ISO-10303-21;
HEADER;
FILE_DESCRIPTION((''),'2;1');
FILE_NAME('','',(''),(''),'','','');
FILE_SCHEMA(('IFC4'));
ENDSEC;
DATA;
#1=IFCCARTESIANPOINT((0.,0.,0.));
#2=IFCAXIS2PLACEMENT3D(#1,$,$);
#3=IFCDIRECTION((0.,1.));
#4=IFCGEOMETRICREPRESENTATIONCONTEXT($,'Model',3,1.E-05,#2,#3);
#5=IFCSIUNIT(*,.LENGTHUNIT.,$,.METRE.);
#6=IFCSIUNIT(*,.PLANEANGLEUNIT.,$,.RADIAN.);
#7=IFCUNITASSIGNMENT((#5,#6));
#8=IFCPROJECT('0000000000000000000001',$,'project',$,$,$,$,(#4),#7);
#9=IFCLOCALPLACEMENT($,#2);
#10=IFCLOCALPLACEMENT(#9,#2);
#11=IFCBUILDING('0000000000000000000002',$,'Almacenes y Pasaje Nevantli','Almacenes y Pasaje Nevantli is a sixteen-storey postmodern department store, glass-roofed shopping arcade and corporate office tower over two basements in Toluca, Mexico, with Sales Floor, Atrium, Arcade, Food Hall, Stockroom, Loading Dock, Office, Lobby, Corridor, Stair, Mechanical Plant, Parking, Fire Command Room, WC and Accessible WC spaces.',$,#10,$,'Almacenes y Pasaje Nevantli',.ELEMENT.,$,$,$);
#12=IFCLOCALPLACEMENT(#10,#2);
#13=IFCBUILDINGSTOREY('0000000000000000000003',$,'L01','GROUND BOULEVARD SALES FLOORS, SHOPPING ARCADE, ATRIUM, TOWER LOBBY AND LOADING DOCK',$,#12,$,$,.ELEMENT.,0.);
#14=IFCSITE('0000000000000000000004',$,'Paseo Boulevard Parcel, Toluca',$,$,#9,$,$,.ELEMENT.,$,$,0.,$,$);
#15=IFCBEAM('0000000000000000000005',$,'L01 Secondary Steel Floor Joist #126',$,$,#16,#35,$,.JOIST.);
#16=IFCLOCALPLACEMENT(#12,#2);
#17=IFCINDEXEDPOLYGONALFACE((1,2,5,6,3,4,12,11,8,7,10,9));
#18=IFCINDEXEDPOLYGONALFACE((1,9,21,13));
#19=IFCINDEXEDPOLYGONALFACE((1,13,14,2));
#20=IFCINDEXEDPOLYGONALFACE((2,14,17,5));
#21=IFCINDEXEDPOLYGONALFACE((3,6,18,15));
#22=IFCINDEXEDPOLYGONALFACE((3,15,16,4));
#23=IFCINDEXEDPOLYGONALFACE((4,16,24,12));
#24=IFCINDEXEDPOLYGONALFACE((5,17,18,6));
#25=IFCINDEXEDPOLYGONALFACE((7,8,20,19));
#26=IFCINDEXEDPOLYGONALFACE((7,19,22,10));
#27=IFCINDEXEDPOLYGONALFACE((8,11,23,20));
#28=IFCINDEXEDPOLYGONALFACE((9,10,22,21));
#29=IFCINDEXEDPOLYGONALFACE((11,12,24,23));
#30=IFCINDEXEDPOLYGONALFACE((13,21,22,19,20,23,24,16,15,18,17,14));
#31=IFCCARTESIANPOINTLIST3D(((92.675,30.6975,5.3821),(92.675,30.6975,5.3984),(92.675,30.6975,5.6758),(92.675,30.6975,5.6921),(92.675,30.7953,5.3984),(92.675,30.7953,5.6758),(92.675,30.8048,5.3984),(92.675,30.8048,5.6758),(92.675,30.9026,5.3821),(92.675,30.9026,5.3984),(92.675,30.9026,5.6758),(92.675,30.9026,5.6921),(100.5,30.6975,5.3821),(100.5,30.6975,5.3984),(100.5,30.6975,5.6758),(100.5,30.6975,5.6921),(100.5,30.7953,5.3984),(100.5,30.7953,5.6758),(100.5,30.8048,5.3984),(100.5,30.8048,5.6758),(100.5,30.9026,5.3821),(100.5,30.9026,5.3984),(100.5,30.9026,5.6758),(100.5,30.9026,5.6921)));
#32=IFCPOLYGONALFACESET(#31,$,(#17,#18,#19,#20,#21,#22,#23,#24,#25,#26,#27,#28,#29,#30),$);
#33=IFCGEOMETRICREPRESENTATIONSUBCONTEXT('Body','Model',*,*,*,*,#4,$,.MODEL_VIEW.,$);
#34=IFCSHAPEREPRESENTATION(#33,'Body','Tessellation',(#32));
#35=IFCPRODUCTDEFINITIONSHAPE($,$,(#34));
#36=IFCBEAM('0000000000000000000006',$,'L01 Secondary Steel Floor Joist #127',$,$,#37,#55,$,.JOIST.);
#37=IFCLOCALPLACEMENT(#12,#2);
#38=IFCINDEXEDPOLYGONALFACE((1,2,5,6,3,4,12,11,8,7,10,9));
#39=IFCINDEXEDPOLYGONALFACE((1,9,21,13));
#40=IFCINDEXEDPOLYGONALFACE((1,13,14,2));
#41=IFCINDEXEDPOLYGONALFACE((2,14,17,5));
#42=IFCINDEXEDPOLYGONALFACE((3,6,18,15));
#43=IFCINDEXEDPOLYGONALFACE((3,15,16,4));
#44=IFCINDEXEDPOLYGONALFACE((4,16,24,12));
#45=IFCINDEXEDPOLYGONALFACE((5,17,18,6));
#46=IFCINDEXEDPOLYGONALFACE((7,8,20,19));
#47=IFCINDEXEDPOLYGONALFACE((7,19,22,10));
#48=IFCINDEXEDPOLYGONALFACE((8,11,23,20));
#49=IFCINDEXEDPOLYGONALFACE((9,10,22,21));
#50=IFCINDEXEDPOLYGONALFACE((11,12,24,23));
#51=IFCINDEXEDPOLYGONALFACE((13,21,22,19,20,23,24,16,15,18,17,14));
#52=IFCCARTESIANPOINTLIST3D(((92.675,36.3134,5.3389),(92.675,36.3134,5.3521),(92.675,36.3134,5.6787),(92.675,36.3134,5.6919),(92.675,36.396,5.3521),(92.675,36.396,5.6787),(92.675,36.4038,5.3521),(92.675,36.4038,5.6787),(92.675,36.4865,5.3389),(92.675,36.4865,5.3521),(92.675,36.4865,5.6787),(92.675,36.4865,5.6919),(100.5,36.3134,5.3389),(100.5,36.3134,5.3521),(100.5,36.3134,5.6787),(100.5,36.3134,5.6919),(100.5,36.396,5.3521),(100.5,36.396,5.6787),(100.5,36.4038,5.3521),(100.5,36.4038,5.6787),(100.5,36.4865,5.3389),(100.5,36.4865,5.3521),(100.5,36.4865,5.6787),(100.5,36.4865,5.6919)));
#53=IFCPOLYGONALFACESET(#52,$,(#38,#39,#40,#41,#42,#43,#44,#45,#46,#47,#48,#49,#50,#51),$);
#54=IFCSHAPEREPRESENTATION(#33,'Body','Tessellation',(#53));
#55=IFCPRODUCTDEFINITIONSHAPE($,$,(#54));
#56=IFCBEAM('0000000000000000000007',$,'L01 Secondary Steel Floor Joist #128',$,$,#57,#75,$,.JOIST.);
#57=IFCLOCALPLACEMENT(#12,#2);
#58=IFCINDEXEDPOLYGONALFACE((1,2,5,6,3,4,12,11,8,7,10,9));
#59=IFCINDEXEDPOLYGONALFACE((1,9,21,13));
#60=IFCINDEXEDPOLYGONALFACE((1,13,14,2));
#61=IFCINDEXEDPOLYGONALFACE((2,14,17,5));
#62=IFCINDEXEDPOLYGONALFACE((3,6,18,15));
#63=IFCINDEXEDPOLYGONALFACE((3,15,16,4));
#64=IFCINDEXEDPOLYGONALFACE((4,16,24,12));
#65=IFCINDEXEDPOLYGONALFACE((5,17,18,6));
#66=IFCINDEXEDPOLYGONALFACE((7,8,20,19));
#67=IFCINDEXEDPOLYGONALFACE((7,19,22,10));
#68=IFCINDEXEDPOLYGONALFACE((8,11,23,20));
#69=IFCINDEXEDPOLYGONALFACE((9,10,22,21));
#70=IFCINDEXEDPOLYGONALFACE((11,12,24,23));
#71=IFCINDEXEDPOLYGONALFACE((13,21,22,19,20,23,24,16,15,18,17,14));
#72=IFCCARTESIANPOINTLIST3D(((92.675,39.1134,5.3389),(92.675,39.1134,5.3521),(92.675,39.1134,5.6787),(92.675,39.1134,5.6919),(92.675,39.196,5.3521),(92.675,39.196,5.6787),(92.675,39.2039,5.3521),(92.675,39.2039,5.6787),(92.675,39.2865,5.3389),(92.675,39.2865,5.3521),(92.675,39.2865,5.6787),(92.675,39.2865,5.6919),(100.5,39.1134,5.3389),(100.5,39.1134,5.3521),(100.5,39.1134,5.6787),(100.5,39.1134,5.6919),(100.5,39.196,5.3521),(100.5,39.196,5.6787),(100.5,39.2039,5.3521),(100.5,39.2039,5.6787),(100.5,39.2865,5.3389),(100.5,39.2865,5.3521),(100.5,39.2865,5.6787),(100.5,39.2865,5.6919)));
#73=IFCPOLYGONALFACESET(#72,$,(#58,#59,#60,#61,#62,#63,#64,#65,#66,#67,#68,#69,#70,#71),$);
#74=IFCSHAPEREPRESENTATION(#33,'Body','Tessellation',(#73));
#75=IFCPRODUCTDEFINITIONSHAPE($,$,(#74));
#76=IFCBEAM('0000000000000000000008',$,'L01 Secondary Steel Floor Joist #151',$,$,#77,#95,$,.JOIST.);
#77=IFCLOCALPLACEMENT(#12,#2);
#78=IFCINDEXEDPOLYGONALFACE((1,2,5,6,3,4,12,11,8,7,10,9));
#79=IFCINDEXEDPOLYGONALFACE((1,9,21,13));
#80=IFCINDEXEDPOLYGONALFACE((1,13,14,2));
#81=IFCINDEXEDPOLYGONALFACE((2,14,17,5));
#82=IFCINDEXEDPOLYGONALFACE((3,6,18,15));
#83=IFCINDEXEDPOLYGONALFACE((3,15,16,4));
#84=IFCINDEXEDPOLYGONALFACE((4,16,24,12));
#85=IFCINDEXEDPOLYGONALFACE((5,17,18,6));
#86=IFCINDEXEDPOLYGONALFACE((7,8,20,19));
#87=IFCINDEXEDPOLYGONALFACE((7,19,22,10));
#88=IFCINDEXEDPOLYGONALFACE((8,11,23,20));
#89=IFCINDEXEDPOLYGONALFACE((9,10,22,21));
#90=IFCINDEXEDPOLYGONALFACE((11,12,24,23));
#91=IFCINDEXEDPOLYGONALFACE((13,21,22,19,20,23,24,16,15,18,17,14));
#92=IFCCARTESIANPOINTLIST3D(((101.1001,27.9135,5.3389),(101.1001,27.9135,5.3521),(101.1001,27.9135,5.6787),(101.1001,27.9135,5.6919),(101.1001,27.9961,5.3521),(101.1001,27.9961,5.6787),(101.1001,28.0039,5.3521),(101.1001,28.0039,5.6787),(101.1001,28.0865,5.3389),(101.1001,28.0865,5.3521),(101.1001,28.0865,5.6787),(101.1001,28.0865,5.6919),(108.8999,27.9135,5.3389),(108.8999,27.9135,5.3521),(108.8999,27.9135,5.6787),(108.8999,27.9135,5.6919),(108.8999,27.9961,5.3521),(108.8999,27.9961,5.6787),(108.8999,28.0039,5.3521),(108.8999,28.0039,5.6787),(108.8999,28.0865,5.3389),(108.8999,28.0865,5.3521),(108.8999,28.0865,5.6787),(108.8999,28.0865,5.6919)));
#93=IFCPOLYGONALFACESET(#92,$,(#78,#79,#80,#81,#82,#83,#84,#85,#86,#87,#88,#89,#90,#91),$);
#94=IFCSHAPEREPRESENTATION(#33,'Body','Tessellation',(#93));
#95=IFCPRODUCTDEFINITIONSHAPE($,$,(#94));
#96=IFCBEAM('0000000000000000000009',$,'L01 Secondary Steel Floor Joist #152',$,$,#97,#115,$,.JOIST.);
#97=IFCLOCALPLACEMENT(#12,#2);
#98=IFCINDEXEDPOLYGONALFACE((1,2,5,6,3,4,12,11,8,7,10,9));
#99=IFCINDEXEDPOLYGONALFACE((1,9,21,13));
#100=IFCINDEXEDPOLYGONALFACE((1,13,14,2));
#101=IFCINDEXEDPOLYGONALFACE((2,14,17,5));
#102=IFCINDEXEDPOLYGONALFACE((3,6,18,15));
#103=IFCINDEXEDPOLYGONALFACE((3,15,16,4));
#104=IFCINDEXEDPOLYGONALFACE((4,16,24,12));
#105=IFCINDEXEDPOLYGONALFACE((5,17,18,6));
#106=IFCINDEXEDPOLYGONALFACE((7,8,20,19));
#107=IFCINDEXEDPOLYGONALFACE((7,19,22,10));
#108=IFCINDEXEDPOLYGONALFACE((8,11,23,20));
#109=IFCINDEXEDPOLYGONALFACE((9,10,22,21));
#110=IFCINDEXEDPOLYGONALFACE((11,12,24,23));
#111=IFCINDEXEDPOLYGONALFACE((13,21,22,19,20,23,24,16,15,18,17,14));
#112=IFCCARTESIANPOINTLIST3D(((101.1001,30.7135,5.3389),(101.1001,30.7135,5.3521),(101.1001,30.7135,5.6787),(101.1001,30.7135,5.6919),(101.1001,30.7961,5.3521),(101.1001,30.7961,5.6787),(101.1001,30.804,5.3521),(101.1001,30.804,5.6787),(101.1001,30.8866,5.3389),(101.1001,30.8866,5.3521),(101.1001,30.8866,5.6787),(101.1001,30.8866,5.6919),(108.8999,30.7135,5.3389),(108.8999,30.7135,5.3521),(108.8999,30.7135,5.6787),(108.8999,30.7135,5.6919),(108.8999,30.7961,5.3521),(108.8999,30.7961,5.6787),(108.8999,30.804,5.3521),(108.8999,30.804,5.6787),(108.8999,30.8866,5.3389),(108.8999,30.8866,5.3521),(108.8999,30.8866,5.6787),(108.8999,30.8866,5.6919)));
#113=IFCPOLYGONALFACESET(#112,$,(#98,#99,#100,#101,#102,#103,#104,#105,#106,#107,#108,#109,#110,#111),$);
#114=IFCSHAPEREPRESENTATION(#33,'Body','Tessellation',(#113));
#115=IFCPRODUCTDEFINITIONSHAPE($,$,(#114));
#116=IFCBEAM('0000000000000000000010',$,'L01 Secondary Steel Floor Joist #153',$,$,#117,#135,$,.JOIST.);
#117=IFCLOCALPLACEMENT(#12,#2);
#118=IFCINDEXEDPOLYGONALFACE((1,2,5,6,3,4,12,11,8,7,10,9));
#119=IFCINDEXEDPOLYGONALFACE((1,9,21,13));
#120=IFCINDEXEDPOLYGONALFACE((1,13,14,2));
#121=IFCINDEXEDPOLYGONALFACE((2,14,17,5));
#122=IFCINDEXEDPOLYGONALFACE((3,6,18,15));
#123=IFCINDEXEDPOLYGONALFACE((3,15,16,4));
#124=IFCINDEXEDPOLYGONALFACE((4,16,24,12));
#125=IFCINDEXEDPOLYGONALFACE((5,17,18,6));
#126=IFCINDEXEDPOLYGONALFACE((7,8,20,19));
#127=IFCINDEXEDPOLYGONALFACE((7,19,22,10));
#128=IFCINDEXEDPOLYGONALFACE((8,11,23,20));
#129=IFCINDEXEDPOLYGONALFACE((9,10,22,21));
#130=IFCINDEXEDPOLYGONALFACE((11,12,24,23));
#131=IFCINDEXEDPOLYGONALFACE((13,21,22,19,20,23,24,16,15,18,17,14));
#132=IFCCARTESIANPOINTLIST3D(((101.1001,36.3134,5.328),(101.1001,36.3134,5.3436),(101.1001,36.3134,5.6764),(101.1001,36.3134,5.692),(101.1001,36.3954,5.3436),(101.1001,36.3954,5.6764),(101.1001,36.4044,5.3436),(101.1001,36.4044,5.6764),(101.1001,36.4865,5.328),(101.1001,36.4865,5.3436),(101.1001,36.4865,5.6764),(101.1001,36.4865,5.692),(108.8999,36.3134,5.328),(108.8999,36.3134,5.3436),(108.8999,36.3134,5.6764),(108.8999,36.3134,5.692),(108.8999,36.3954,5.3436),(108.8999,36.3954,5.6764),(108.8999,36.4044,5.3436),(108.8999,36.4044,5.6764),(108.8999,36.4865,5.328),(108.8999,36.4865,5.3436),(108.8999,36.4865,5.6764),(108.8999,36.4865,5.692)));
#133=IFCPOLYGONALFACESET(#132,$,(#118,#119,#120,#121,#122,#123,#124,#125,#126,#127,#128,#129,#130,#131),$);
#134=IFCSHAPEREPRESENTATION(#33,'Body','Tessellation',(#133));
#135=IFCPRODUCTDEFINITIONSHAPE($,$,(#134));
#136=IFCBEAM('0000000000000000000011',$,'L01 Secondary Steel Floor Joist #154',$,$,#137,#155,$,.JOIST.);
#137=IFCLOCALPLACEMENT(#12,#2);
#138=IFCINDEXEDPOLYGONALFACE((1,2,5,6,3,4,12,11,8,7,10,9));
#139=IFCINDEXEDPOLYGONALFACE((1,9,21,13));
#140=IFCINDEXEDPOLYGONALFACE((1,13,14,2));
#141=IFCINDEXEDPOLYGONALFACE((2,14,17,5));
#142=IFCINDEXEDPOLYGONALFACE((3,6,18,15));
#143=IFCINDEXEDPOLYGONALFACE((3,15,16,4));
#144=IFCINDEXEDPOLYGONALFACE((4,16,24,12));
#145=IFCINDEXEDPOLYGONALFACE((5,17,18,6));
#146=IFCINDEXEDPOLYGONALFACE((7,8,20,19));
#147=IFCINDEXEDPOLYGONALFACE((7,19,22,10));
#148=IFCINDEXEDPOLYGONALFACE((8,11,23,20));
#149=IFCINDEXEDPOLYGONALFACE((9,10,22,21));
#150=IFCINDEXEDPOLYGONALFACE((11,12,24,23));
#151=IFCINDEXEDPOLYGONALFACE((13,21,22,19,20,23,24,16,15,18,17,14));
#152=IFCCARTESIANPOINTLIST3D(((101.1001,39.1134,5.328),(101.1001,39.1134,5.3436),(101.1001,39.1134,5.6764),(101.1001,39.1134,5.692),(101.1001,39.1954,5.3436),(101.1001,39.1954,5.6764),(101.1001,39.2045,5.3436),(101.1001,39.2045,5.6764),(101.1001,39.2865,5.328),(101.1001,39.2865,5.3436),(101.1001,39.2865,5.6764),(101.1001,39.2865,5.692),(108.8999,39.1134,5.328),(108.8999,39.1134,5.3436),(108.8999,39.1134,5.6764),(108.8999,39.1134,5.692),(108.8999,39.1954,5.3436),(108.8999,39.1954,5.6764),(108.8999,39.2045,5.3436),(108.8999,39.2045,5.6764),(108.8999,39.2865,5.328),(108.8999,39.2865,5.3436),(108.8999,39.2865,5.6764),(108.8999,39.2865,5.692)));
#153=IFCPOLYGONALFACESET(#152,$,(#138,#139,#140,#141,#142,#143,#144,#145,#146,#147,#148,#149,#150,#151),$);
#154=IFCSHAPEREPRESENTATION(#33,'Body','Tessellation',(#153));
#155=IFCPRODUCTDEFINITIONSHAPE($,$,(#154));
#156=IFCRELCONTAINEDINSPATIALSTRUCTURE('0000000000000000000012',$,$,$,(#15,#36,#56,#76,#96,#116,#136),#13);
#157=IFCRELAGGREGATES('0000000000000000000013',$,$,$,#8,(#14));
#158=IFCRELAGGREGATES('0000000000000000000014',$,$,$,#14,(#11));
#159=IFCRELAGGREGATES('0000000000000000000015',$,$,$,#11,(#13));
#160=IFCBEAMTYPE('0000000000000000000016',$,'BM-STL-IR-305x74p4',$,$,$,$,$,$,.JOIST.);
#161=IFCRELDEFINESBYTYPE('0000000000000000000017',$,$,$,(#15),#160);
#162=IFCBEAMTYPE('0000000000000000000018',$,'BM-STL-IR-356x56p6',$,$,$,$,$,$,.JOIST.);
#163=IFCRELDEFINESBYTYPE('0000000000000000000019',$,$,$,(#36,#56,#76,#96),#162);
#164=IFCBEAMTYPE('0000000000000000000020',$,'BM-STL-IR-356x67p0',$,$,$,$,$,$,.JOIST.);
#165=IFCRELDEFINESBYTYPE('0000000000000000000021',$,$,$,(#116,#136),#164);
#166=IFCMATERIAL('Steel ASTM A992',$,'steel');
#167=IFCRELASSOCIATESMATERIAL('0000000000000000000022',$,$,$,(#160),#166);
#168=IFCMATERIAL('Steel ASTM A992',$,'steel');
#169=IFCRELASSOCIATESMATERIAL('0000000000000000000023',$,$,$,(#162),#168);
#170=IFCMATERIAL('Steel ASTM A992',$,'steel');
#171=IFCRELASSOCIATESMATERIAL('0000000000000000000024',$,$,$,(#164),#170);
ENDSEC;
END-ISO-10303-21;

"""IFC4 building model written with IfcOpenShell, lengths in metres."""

from ifc_helpers import new_model, si_unit, direction, frame, origin, origin_2d, place, context, subcontext, project, spatial, i_section, extrude, material, material_profile, profile_set, type_object, element, save


model = new_model("IFC4")

# Units and contexts
model_context = context("Model", 3, precision=1e-05, world=origin(), true_north=direction((0.0, 1.0)))
body_context = subcontext(model_context, "Body", "Model", "MODEL_VIEW")
ifc_project = project(units=[si_unit("LENGTHUNIT", "METRE"), si_unit("PLANEANGLEUNIT", "RADIAN")], contexts=[model_context])

# Site, building, storey
site_placement = place(None, origin())
site = spatial("IfcSite", under=ifc_project, at=site_placement, Name="Paseo Boulevard Parcel, Toluca", CompositionType="ELEMENT", RefElevation=0.0)
building_placement = place(site_placement, origin())
building = spatial("IfcBuilding", under=site, at=building_placement, Name="Almacenes y Pasaje Nevantli", Description="Almacenes y Pasaje Nevantli is a sixteen-storey postmodern department store, glass-roofed shopping arcade and corporate office tower over two basements in Toluca, Mexico, with Sales Floor, Atrium, Arcade, Food Hall, Stockroom, Loading Dock, Office, Lobby, Corridor, Stair, Mechanical Plant, Parking, Fire Command Room, WC and Accessible WC spaces.", LongName="Almacenes y Pasaje Nevantli", CompositionType="ELEMENT")
storey_placement = place(building_placement, origin())
storey = spatial("IfcBuildingStorey", under=building, at=storey_placement, Name="L01", Description="GROUND BOULEVARD SALES FLOORS, SHOPPING ARCADE, ATRIUM, TOWER LOBBY AND LOADING DOCK", CompositionType="ELEMENT", Elevation=0.0)

# Beams
ifc_material_1 = material(Name="Steel ASTM A992", Category="steel")
ifc_material_profile_1 = material_profile(ifc_material_1, i_section(OverallWidth=0.2051, OverallDepth=0.3101, WebThickness=0.0095, FlangeThickness=0.0164, at=origin_2d()), Name="IR 305x74.4")
ifc_profile_set_1 = profile_set([ifc_material_profile_1], Name="Steel ASTM A992")
beam_type_1 = type_object("IfcBeamType", Name="BM-STL-IR-305x74p4", PredefinedType="JOIST", material=ifc_profile_set_1)
for number, where, z_axis, x_axis, name in (
    (1, (92.675, 30.8, 5.5371), (1.0, 0.0, 0.0), (0.0, 1.0, 0.0), "L01 Secondary Steel Floor Joist #126"),
):
    element("IfcBeam", number, at=place(storey_placement, frame(where, z_axis=z_axis, x_axis=x_axis)), inside=storey, type_object=beam_type_1, Name=name, PredefinedType="JOIST", context=body_context, shape_type="SweptSolid", body=[
        extrude(i_section(OverallWidth=0.2051, OverallDepth=0.3101, WebThickness=0.0095, FlangeThickness=0.0164, at=origin_2d()), origin(), (0.0, 0.0, 1.0), 7.825),
    ])
ifc_material_2 = material(Name="Steel ASTM A992", Category="steel")
ifc_material_profile_2 = material_profile(ifc_material_2, i_section(OverallWidth=0.1731, OverallDepth=0.353, WebThickness=0.0078, FlangeThickness=0.0132, at=origin_2d()), Name="IR 356x56.6")
ifc_profile_set_2 = profile_set([ifc_material_profile_2], Name="Steel ASTM A992")
beam_type_2 = type_object("IfcBeamType", Name="BM-STL-IR-356x56p6", PredefinedType="JOIST", material=ifc_profile_set_2)
for number, where, z_axis, x_axis, name in (
    (2, (92.675, 36.3999, 5.5154), (1.0, 0.0, 0.0), (0.0, 1.0, 0.0), "L01 Secondary Steel Floor Joist #127"),
    (3, (92.675, 39.2, 5.5154), (1.0, 0.0, 0.0), (0.0, 1.0, 0.0), "L01 Secondary Steel Floor Joist #128"),
):
    element("IfcBeam", number, at=place(storey_placement, frame(where, z_axis=z_axis, x_axis=x_axis)), inside=storey, type_object=beam_type_2, Name=name, PredefinedType="JOIST", context=body_context, shape_type="SweptSolid", body=[
        extrude(i_section(OverallWidth=0.1731, OverallDepth=0.353, WebThickness=0.0078, FlangeThickness=0.0132, at=origin_2d()), origin(), (0.0, 0.0, 1.0), 7.825),
    ])
for number, where, z_axis, x_axis, name in (
    (4, (101.1001, 28.0, 5.5154), (1.0, 0.0, 0.0), (0.0, 1.0, 0.0), "L01 Secondary Steel Floor Joist #151"),
    (5, (101.1001, 30.8, 5.5154), (1.0, 0.0, 0.0), (0.0, 1.0, 0.0), "L01 Secondary Steel Floor Joist #152"),
):
    element("IfcBeam", number, at=place(storey_placement, frame(where, z_axis=z_axis, x_axis=x_axis)), inside=storey, type_object=beam_type_2, Name=name, PredefinedType="JOIST", context=body_context, shape_type="SweptSolid", body=[
        extrude(i_section(OverallWidth=0.1731, OverallDepth=0.353, WebThickness=0.0078, FlangeThickness=0.0132, at=origin_2d()), origin(), (0.0, 0.0, 1.0), 7.7998),
    ])
ifc_material_3 = material(Name="Steel ASTM A992", Category="steel")
ifc_material_profile_3 = material_profile(ifc_material_3, i_section(OverallWidth=0.1731, OverallDepth=0.364, WebThickness=0.009, FlangeThickness=0.0156, at=origin_2d()), Name="IR 356x67.0")
ifc_profile_set_3 = profile_set([ifc_material_profile_3], Name="Steel ASTM A992")
beam_type_3 = type_object("IfcBeamType", Name="BM-STL-IR-356x67p0", PredefinedType="JOIST", material=ifc_profile_set_3)
for number, where, z_axis, x_axis, name in (
    (6, (101.1001, 36.3999, 5.51), (1.0, 0.0, 0.0), (0.0, 1.0, 0.0), "L01 Secondary Steel Floor Joist #153"),
    (7, (101.1001, 39.2, 5.51), (1.0, 0.0, 0.0), (0.0, 1.0, 0.0), "L01 Secondary Steel Floor Joist #154"),
):
    element("IfcBeam", number, at=place(storey_placement, frame(where, z_axis=z_axis, x_axis=x_axis)), inside=storey, type_object=beam_type_3, Name=name, PredefinedType="JOIST", context=body_context, shape_type="SweptSolid", body=[
        extrude(i_section(OverallWidth=0.1731, OverallDepth=0.364, WebThickness=0.009, FlangeThickness=0.0156, at=origin_2d()), origin(), (0.0, 0.0, 1.0), 7.7998),
    ])

save(model, "model.ifc")
